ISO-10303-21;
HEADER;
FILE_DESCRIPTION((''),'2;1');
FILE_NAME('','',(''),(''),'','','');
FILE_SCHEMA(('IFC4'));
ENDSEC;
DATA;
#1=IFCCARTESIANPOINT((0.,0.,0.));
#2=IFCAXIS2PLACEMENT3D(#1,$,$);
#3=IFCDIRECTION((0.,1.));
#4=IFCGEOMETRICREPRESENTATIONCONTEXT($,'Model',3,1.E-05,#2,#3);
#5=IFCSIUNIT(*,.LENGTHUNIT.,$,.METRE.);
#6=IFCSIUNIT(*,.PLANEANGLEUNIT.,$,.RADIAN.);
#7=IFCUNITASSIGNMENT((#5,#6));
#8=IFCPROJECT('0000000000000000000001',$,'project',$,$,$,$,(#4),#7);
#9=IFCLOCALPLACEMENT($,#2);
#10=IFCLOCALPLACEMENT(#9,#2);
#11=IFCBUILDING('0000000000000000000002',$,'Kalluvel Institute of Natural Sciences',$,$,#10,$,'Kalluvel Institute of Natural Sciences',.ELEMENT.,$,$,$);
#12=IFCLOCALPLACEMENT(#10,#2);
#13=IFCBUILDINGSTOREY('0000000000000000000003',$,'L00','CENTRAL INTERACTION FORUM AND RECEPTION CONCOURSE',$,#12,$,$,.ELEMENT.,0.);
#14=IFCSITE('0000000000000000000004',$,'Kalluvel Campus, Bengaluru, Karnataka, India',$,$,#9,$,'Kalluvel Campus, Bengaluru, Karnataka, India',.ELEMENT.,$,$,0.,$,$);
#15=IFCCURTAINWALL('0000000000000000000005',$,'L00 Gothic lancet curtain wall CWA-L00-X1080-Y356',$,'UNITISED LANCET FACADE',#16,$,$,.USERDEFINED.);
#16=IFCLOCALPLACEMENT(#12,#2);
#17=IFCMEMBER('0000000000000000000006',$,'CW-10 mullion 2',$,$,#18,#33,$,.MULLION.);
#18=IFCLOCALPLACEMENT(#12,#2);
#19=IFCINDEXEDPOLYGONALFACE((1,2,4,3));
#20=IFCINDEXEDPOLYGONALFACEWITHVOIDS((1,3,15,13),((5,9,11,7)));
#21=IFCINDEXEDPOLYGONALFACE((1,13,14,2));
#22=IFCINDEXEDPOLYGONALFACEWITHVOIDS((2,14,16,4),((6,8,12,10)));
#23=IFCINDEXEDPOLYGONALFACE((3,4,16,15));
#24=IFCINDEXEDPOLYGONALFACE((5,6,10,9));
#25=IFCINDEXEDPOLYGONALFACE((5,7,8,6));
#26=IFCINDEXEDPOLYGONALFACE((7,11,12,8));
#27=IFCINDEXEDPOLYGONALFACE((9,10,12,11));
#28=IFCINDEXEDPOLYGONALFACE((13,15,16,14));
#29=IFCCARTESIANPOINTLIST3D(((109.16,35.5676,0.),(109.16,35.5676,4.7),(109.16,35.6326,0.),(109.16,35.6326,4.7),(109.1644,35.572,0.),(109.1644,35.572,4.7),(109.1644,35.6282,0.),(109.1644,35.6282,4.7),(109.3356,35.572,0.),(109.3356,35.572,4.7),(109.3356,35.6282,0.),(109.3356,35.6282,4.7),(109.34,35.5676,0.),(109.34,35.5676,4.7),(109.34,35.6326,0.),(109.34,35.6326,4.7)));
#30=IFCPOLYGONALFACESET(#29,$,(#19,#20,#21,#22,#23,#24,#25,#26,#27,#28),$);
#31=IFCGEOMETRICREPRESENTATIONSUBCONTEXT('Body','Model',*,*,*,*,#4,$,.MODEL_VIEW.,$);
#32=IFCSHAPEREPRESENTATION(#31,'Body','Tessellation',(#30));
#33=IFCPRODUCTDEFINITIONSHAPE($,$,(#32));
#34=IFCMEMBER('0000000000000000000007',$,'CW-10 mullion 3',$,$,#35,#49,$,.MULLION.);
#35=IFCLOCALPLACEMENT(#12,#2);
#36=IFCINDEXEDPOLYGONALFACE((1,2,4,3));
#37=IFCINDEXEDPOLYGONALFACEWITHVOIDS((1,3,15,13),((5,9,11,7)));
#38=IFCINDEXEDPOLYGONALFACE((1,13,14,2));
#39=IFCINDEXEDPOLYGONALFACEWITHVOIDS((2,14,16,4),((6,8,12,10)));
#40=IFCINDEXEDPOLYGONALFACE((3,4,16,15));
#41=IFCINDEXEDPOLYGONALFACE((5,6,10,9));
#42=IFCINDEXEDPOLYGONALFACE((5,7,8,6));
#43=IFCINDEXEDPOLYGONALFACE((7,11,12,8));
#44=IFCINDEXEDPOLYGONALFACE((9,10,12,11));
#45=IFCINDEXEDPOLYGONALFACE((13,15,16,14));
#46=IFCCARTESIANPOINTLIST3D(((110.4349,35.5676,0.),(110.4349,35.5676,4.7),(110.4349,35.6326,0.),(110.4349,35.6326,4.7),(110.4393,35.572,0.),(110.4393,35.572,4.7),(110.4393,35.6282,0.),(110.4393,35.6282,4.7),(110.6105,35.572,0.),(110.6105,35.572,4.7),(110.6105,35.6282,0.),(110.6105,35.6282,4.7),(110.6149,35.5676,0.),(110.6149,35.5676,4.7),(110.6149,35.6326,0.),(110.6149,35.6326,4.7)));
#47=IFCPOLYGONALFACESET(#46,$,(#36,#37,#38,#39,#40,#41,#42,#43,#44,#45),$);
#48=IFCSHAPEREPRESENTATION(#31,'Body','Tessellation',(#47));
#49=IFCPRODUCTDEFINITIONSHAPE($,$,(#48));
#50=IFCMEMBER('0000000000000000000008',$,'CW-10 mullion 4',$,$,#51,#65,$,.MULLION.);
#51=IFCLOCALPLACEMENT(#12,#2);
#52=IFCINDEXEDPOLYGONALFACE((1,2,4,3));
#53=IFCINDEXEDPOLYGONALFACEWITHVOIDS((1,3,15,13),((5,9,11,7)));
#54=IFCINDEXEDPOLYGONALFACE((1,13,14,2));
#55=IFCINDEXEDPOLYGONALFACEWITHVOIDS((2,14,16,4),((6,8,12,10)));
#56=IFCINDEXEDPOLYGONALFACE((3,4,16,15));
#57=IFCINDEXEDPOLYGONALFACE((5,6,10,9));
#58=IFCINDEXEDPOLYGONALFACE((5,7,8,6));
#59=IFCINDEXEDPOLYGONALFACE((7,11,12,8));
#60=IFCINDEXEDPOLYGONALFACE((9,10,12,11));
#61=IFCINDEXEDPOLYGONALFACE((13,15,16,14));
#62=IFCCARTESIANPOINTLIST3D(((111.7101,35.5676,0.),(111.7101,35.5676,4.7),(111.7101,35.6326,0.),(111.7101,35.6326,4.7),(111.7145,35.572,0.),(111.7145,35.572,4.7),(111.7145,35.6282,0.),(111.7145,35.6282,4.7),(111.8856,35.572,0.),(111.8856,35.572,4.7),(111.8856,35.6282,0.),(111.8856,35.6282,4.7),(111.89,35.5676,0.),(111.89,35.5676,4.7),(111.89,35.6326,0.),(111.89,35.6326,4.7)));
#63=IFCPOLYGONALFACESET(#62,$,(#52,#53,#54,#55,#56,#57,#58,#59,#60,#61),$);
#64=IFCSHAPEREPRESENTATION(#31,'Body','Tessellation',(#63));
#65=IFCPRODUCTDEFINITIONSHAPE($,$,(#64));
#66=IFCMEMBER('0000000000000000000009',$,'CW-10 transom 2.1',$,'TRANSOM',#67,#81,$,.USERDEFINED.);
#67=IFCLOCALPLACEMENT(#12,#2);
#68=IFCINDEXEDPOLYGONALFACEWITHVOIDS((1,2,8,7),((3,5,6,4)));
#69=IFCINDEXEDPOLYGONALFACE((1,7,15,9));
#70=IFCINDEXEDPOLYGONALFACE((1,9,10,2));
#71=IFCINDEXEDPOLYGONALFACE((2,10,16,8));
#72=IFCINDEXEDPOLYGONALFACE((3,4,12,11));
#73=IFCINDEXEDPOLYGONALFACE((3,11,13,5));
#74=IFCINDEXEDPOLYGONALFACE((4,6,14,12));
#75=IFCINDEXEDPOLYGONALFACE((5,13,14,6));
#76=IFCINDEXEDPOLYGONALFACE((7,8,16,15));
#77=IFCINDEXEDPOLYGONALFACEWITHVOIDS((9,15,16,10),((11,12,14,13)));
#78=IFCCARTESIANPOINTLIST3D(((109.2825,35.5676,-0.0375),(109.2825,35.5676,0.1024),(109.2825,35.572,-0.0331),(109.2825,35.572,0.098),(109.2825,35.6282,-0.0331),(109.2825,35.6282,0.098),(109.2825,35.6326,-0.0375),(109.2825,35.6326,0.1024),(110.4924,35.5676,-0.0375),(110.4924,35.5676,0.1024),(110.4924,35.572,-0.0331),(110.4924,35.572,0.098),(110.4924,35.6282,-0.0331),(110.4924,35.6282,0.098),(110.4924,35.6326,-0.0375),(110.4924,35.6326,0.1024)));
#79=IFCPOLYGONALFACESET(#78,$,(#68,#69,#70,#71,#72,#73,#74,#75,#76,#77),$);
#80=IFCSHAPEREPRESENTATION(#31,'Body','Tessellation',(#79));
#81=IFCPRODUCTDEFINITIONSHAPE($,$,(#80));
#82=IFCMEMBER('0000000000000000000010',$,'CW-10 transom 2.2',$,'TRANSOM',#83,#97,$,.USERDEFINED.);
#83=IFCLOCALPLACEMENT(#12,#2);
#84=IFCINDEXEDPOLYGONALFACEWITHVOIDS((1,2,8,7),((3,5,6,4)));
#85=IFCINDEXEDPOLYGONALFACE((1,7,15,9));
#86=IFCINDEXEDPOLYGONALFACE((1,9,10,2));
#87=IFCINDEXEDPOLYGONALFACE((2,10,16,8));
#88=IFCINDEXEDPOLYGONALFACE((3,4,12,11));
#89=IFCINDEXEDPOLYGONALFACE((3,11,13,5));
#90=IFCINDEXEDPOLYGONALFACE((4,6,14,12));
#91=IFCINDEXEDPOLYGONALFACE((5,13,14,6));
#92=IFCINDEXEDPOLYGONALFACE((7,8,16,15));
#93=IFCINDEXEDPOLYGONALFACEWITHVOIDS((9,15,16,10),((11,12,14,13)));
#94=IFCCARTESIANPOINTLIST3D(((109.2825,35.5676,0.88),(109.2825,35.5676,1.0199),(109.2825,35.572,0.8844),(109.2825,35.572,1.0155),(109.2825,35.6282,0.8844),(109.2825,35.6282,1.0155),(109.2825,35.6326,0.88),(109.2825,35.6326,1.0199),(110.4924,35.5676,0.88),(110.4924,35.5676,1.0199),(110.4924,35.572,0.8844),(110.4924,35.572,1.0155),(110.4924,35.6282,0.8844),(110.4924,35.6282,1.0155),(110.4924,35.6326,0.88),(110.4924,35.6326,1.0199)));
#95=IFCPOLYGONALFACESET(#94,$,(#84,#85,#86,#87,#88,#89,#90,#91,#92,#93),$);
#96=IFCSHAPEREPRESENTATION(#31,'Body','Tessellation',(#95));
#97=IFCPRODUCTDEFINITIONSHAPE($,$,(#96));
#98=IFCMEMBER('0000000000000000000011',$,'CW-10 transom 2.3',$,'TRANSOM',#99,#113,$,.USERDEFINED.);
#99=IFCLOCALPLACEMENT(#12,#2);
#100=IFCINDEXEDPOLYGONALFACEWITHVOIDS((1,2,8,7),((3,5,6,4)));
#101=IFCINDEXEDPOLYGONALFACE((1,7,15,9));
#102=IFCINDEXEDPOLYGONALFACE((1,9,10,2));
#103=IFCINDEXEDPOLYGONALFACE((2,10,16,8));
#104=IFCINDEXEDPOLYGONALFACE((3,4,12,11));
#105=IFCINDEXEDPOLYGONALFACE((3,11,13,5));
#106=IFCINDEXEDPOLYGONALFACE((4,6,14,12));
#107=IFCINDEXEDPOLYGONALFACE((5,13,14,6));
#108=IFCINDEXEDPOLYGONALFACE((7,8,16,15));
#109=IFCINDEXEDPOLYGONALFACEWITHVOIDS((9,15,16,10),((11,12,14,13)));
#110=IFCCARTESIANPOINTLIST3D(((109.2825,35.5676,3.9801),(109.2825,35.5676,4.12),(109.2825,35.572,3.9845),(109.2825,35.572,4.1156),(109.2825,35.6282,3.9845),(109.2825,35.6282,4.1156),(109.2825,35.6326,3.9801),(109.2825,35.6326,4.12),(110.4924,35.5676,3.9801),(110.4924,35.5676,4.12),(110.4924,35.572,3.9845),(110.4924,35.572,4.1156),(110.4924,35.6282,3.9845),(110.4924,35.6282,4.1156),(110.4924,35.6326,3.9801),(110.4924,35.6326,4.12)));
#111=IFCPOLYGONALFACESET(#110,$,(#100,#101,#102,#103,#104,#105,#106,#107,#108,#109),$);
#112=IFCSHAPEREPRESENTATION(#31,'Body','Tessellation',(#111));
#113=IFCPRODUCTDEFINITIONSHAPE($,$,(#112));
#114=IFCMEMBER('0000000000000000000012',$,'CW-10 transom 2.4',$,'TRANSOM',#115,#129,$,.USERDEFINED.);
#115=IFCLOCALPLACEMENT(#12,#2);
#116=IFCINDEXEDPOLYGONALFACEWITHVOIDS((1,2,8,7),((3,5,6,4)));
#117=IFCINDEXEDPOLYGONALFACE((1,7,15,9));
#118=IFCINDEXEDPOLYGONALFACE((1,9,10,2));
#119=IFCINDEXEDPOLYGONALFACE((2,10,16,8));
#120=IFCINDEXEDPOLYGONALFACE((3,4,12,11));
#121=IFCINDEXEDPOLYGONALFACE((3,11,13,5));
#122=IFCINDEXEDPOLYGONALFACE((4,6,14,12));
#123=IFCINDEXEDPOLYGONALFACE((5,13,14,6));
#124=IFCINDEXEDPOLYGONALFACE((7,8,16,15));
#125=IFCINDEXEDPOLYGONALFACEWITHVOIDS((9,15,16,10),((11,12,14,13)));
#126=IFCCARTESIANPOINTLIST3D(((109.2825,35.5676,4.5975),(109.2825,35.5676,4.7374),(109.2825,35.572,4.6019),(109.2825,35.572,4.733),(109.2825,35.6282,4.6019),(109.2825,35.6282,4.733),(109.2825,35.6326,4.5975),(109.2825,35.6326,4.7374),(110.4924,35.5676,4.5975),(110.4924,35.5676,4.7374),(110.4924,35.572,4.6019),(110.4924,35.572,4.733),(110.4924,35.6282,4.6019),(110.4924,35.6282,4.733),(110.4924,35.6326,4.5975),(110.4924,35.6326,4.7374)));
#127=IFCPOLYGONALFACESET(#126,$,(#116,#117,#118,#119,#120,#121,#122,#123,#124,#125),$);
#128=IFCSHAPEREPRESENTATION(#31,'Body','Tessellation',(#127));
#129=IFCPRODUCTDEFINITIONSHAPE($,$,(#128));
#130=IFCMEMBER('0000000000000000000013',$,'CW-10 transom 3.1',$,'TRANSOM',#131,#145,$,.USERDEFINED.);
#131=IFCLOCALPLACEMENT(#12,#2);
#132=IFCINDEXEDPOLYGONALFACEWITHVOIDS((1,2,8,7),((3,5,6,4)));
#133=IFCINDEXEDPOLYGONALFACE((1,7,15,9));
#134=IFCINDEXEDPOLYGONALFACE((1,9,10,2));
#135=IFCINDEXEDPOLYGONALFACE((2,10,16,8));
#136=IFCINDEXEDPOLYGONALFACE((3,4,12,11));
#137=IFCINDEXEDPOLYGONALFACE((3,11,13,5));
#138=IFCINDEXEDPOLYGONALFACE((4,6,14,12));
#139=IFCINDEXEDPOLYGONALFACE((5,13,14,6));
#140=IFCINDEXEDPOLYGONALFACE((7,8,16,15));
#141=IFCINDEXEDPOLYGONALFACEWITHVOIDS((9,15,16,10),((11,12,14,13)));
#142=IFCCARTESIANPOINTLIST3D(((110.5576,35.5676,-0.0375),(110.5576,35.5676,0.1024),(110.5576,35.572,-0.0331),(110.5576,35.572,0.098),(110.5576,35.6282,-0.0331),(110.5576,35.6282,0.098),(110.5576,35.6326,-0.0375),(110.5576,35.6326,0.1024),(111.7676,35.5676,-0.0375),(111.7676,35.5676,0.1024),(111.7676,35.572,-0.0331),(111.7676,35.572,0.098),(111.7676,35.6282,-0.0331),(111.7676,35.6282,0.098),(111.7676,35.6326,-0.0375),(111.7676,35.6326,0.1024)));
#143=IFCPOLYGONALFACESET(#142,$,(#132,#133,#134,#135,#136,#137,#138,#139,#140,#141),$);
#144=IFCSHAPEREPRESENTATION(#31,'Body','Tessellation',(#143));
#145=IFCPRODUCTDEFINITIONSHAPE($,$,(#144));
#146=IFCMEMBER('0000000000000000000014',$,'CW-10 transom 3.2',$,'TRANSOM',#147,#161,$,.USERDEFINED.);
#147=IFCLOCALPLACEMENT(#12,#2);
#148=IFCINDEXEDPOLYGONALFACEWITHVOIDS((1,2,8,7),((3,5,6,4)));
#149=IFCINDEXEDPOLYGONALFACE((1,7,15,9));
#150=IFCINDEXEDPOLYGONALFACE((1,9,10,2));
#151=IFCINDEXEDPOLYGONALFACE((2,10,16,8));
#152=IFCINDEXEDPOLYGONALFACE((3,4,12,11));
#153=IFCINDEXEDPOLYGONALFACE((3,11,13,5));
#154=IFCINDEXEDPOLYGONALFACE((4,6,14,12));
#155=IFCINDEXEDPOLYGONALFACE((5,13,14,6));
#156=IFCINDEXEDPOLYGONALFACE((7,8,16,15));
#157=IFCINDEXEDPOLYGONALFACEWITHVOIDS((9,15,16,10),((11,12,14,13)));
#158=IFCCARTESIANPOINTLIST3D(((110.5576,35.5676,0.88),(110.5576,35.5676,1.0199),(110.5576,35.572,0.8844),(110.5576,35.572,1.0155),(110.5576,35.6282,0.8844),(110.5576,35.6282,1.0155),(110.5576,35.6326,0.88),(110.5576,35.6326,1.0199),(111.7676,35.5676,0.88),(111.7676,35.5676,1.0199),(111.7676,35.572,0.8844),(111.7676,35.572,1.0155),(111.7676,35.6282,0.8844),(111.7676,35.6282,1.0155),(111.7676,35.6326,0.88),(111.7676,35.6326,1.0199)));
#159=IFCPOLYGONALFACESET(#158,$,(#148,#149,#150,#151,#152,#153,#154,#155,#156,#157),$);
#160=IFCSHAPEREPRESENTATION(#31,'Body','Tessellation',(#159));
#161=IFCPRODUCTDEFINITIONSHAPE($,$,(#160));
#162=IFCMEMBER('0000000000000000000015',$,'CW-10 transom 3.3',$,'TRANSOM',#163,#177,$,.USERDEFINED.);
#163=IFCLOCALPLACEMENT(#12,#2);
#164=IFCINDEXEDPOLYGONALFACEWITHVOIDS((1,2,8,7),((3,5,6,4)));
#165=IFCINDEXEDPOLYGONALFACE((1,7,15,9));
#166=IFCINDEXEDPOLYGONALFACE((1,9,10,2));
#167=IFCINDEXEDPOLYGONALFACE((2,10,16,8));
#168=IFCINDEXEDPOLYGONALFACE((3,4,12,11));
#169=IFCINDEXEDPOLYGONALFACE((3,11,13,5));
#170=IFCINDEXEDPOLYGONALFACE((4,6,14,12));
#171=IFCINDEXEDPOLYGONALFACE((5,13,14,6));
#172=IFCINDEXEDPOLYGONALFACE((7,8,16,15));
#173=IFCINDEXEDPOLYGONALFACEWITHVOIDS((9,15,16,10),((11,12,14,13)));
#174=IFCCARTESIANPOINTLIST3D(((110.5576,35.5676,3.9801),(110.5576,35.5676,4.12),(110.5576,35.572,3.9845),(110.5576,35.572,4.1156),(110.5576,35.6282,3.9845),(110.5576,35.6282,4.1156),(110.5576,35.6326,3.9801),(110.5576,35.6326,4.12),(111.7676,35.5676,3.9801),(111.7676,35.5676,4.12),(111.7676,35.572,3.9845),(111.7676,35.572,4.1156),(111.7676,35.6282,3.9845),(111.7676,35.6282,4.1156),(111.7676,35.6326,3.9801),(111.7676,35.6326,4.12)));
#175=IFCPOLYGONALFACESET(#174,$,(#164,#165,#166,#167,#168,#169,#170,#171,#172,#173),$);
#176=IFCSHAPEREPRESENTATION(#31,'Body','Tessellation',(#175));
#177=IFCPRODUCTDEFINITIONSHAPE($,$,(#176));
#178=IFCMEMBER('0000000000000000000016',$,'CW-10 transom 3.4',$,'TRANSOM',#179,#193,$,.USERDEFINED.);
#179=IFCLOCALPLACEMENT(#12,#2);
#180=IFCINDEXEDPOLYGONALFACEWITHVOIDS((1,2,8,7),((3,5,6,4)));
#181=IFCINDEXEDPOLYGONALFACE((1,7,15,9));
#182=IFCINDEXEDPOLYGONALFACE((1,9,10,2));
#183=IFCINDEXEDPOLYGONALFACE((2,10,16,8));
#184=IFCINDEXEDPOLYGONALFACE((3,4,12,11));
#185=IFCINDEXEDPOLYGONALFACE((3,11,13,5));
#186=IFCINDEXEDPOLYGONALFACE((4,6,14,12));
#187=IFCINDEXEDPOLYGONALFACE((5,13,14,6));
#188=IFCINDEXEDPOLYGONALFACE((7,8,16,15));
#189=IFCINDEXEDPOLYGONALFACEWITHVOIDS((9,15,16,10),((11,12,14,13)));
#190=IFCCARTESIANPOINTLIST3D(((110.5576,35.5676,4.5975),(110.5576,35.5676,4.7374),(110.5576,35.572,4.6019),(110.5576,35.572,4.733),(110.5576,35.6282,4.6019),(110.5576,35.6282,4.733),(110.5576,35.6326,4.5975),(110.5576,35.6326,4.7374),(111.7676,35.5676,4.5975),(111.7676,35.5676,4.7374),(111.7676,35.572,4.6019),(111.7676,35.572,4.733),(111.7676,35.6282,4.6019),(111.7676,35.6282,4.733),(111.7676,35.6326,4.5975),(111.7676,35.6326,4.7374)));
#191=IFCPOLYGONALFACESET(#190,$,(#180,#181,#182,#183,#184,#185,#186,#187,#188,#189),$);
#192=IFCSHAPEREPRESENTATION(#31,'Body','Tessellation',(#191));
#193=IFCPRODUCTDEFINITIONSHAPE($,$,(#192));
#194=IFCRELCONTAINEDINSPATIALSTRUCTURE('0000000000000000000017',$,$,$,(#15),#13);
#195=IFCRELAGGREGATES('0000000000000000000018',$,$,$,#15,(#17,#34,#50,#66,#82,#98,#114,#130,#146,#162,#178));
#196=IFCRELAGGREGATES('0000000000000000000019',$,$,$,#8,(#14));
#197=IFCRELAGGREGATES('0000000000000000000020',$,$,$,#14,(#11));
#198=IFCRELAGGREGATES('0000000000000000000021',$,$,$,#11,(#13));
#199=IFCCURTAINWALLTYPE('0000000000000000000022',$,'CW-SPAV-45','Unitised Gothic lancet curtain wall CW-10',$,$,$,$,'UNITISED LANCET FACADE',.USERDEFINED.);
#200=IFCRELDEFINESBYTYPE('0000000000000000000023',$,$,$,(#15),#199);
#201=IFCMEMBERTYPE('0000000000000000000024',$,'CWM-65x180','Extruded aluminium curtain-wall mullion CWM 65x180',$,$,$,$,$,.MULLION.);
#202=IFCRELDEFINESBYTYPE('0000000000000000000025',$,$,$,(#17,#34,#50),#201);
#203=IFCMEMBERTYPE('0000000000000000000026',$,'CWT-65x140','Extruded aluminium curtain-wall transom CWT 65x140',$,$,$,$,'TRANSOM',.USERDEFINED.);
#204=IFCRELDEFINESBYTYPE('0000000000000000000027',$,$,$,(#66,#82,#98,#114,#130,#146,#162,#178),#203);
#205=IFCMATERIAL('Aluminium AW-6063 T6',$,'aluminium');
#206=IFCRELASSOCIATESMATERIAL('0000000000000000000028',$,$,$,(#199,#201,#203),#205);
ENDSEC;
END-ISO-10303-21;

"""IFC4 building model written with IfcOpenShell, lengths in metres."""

from ifc_helpers import new_model, si_unit, direction, frame, origin, origin_2d, place, context, subcontext, project, spatial, hollow_rectangle, extrude, material, material_profile, profile_set, type_object, element, aggregate, save


model = new_model("IFC4")

# Units and contexts
model_context = context("Model", 3, precision=1e-05, world=origin(), true_north=direction((0.0, 1.0)))
body_context = subcontext(model_context, "Body", "Model", "MODEL_VIEW")
ifc_project = project(units=[si_unit("LENGTHUNIT", "METRE"), si_unit("PLANEANGLEUNIT", "RADIAN")], contexts=[model_context])

# Site, building, storey
site_placement = place(None, origin())
site = spatial("IfcSite", under=ifc_project, at=site_placement, Name="Kalluvel Campus, Bengaluru, Karnataka, India", LongName="Kalluvel Campus, Bengaluru, Karnataka, India", CompositionType="ELEMENT", RefElevation=0.0)
building_placement = place(site_placement, origin())
building = spatial("IfcBuilding", under=site, at=building_placement, Name="Kalluvel Institute of Natural Sciences", LongName="Kalluvel Institute of Natural Sciences", CompositionType="ELEMENT")
storey_placement = place(building_placement, origin())
storey = spatial("IfcBuildingStorey", under=building, at=storey_placement, Name="L00", Description="CENTRAL INTERACTION FORUM AND RECEPTION CONCOURSE", CompositionType="ELEMENT", Elevation=0.0)

# Curtain wall, members
ifc_material_1 = material(Name="Aluminium AW-6063 T6", Category="aluminium")
curtain_wall_type = type_object("IfcCurtainWallType", Name="CW-SPAV-45", Description="Unitised Gothic lancet curtain wall CW-10", ElementType="UNITISED LANCET FACADE", PredefinedType="USERDEFINED", material=ifc_material_1)
curtain_wall_placement = place(storey_placement, origin())
curtain_wall = element("IfcCurtainWall", 1, at=curtain_wall_placement, inside=storey, type_object=curtain_wall_type, Name="L00 Gothic lancet curtain wall CWA-L00-X1080-Y356", ObjectType="UNITISED LANCET FACADE", PredefinedType="USERDEFINED")
ifc_material_profile_1 = material_profile(ifc_material_1, hollow_rectangle(XDim=0.0649, YDim=0.1799, WallThickness=0.0044, at=origin_2d()), Name="CWM 65x180")
ifc_profile_set_1 = profile_set([ifc_material_profile_1], Name="Aluminium AW-6063 T6")
member_type_1 = type_object("IfcMemberType", Name="CWM-65x180", Description="Extruded aluminium curtain-wall mullion CWM 65x180", PredefinedType="MULLION", material=ifc_profile_set_1)
member_1_placement = place(storey_placement, frame((109.25, 35.6001, 0.0), z_axis=(0.0, 0.0, 1.0), x_axis=(0.0, 1.0, 0.0)))
member_1 = element("IfcMember", 2, at=member_1_placement, type_object=member_type_1, Name="CW-10 mullion 2", PredefinedType="MULLION", context=body_context, shape_type="SweptSolid", body=[
    extrude(hollow_rectangle(XDim=0.0649, YDim=0.1799, WallThickness=0.0044, at=origin_2d()), origin(), (0.0, 0.0, 1.0), 4.7),
])
member_2_placement = place(storey_placement, frame((110.5249, 35.6001, 0.0), z_axis=(0.0, 0.0, 1.0), x_axis=(0.0, 1.0, 0.0)))
member_2 = element("IfcMember", 3, at=member_2_placement, type_object=member_type_1, Name="CW-10 mullion 3", PredefinedType="MULLION", context=body_context, shape_type="SweptSolid", body=[
    extrude(hollow_rectangle(XDim=0.0649, YDim=0.1799, WallThickness=0.0044, at=origin_2d()), origin(), (0.0, 0.0, 1.0), 4.7),
])
member_3_placement = place(storey_placement, frame((111.8, 35.6001, 0.0), z_axis=(0.0, 0.0, 1.0), x_axis=(0.0, 1.0, 0.0)))
member_3 = element("IfcMember", 4, at=member_3_placement, type_object=member_type_1, Name="CW-10 mullion 4", PredefinedType="MULLION", context=body_context, shape_type="SweptSolid", body=[
    extrude(hollow_rectangle(XDim=0.0649, YDim=0.1799, WallThickness=0.0044, at=origin_2d()), origin(), (0.0, 0.0, 1.0), 4.7),
])
ifc_material_profile_2 = material_profile(ifc_material_1, hollow_rectangle(XDim=0.0649, YDim=0.1399, WallThickness=0.0044, at=origin_2d()), Name="CWT 65x140")
ifc_profile_set_2 = profile_set([ifc_material_profile_2], Name="Aluminium AW-6063 T6")
member_type_2 = type_object("IfcMemberType", Name="CWT-65x140", Description="Extruded aluminium curtain-wall transom CWT 65x140", ElementType="TRANSOM", PredefinedType="USERDEFINED", material=ifc_profile_set_2)
member_4_placement = place(storey_placement, frame((109.2825, 35.6001, 0.0325), z_axis=(1.0, 0.0, 0.0), x_axis=(0.0, 1.0, 0.0)))
member_4 = element("IfcMember", 5, at=member_4_placement, type_object=member_type_2, Name="CW-10 transom 2.1", ObjectType="TRANSOM", PredefinedType="USERDEFINED", context=body_context, shape_type="SweptSolid", body=[
    extrude(hollow_rectangle(XDim=0.0649, YDim=0.1399, WallThickness=0.0044, at=origin_2d()), origin(), (0.0, 0.0, 1.0), 1.21),
])
member_5_placement = place(storey_placement, frame((109.2825, 35.6001, 0.95), z_axis=(1.0, 0.0, 0.0), x_axis=(0.0, 1.0, 0.0)))
member_5 = element("IfcMember", 6, at=member_5_placement, type_object=member_type_2, Name="CW-10 transom 2.2", ObjectType="TRANSOM", PredefinedType="USERDEFINED", context=body_context, shape_type="SweptSolid", body=[
    extrude(hollow_rectangle(XDim=0.0649, YDim=0.1399, WallThickness=0.0044, at=origin_2d()), origin(), (0.0, 0.0, 1.0), 1.21),
])
member_6_placement = place(storey_placement, frame((109.2825, 35.6001, 4.05), z_axis=(1.0, 0.0, 0.0), x_axis=(0.0, 1.0, 0.0)))
member_6 = element("IfcMember", 7, at=member_6_placement, type_object=member_type_2, Name="CW-10 transom 2.3", ObjectType="TRANSOM", PredefinedType="USERDEFINED", context=body_context, shape_type="SweptSolid", body=[
    extrude(hollow_rectangle(XDim=0.0649, YDim=0.1399, WallThickness=0.0044, at=origin_2d()), origin(), (0.0, 0.0, 1.0), 1.21),
])
member_7_placement = place(storey_placement, frame((109.2825, 35.6001, 4.6675), z_axis=(1.0, 0.0, 0.0), x_axis=(0.0, 1.0, 0.0)))
member_7 = element("IfcMember", 8, at=member_7_placement, type_object=member_type_2, Name="CW-10 transom 2.4", ObjectType="TRANSOM", PredefinedType="USERDEFINED", context=body_context, shape_type="SweptSolid", body=[
    extrude(hollow_rectangle(XDim=0.0649, YDim=0.1399, WallThickness=0.0044, at=origin_2d()), origin(), (0.0, 0.0, 1.0), 1.21),
])
member_8_placement = place(storey_placement, frame((110.5576, 35.6001, 0.0325), z_axis=(1.0, 0.0, 0.0), x_axis=(0.0, 1.0, 0.0)))
member_8 = element("IfcMember", 9, at=member_8_placement, type_object=member_type_2, Name="CW-10 transom 3.1", ObjectType="TRANSOM", PredefinedType="USERDEFINED", context=body_context, shape_type="SweptSolid", body=[
    extrude(hollow_rectangle(XDim=0.0649, YDim=0.1399, WallThickness=0.0044, at=origin_2d()), origin(), (0.0, 0.0, 1.0), 1.21),
])
member_9_placement = place(storey_placement, frame((110.5576, 35.6001, 0.95), z_axis=(1.0, 0.0, 0.0), x_axis=(0.0, 1.0, 0.0)))
member_9 = element("IfcMember", 10, at=member_9_placement, type_object=member_type_2, Name="CW-10 transom 3.2", ObjectType="TRANSOM", PredefinedType="USERDEFINED", context=body_context, shape_type="SweptSolid", body=[
    extrude(hollow_rectangle(XDim=0.0649, YDim=0.1399, WallThickness=0.0044, at=origin_2d()), origin(), (0.0, 0.0, 1.0), 1.21),
])
member_10_placement = place(storey_placement, frame((110.5576, 35.6001, 4.05), z_axis=(1.0, 0.0, 0.0), x_axis=(0.0, 1.0, 0.0)))
member_10 = element("IfcMember", 11, at=member_10_placement, type_object=member_type_2, Name="CW-10 transom 3.3", ObjectType="TRANSOM", PredefinedType="USERDEFINED", context=body_context, shape_type="SweptSolid", body=[
    extrude(hollow_rectangle(XDim=0.0649, YDim=0.1399, WallThickness=0.0044, at=origin_2d()), origin(), (0.0, 0.0, 1.0), 1.21),
])
member_11_placement = place(storey_placement, frame((110.5576, 35.6001, 4.6675), z_axis=(1.0, 0.0, 0.0), x_axis=(0.0, 1.0, 0.0)))
member_11 = element("IfcMember", 12, at=member_11_placement, type_object=member_type_2, Name="CW-10 transom 3.4", ObjectType="TRANSOM", PredefinedType="USERDEFINED", context=body_context, shape_type="SweptSolid", body=[
    extrude(hollow_rectangle(XDim=0.0649, YDim=0.1399, WallThickness=0.0044, at=origin_2d()), origin(), (0.0, 0.0, 1.0), 1.21),
])
aggregate(curtain_wall, [member_1, member_2, member_3, member_4, member_5, member_6, member_7, member_8, member_9, member_10, member_11])

save(model, "model.ifc")
